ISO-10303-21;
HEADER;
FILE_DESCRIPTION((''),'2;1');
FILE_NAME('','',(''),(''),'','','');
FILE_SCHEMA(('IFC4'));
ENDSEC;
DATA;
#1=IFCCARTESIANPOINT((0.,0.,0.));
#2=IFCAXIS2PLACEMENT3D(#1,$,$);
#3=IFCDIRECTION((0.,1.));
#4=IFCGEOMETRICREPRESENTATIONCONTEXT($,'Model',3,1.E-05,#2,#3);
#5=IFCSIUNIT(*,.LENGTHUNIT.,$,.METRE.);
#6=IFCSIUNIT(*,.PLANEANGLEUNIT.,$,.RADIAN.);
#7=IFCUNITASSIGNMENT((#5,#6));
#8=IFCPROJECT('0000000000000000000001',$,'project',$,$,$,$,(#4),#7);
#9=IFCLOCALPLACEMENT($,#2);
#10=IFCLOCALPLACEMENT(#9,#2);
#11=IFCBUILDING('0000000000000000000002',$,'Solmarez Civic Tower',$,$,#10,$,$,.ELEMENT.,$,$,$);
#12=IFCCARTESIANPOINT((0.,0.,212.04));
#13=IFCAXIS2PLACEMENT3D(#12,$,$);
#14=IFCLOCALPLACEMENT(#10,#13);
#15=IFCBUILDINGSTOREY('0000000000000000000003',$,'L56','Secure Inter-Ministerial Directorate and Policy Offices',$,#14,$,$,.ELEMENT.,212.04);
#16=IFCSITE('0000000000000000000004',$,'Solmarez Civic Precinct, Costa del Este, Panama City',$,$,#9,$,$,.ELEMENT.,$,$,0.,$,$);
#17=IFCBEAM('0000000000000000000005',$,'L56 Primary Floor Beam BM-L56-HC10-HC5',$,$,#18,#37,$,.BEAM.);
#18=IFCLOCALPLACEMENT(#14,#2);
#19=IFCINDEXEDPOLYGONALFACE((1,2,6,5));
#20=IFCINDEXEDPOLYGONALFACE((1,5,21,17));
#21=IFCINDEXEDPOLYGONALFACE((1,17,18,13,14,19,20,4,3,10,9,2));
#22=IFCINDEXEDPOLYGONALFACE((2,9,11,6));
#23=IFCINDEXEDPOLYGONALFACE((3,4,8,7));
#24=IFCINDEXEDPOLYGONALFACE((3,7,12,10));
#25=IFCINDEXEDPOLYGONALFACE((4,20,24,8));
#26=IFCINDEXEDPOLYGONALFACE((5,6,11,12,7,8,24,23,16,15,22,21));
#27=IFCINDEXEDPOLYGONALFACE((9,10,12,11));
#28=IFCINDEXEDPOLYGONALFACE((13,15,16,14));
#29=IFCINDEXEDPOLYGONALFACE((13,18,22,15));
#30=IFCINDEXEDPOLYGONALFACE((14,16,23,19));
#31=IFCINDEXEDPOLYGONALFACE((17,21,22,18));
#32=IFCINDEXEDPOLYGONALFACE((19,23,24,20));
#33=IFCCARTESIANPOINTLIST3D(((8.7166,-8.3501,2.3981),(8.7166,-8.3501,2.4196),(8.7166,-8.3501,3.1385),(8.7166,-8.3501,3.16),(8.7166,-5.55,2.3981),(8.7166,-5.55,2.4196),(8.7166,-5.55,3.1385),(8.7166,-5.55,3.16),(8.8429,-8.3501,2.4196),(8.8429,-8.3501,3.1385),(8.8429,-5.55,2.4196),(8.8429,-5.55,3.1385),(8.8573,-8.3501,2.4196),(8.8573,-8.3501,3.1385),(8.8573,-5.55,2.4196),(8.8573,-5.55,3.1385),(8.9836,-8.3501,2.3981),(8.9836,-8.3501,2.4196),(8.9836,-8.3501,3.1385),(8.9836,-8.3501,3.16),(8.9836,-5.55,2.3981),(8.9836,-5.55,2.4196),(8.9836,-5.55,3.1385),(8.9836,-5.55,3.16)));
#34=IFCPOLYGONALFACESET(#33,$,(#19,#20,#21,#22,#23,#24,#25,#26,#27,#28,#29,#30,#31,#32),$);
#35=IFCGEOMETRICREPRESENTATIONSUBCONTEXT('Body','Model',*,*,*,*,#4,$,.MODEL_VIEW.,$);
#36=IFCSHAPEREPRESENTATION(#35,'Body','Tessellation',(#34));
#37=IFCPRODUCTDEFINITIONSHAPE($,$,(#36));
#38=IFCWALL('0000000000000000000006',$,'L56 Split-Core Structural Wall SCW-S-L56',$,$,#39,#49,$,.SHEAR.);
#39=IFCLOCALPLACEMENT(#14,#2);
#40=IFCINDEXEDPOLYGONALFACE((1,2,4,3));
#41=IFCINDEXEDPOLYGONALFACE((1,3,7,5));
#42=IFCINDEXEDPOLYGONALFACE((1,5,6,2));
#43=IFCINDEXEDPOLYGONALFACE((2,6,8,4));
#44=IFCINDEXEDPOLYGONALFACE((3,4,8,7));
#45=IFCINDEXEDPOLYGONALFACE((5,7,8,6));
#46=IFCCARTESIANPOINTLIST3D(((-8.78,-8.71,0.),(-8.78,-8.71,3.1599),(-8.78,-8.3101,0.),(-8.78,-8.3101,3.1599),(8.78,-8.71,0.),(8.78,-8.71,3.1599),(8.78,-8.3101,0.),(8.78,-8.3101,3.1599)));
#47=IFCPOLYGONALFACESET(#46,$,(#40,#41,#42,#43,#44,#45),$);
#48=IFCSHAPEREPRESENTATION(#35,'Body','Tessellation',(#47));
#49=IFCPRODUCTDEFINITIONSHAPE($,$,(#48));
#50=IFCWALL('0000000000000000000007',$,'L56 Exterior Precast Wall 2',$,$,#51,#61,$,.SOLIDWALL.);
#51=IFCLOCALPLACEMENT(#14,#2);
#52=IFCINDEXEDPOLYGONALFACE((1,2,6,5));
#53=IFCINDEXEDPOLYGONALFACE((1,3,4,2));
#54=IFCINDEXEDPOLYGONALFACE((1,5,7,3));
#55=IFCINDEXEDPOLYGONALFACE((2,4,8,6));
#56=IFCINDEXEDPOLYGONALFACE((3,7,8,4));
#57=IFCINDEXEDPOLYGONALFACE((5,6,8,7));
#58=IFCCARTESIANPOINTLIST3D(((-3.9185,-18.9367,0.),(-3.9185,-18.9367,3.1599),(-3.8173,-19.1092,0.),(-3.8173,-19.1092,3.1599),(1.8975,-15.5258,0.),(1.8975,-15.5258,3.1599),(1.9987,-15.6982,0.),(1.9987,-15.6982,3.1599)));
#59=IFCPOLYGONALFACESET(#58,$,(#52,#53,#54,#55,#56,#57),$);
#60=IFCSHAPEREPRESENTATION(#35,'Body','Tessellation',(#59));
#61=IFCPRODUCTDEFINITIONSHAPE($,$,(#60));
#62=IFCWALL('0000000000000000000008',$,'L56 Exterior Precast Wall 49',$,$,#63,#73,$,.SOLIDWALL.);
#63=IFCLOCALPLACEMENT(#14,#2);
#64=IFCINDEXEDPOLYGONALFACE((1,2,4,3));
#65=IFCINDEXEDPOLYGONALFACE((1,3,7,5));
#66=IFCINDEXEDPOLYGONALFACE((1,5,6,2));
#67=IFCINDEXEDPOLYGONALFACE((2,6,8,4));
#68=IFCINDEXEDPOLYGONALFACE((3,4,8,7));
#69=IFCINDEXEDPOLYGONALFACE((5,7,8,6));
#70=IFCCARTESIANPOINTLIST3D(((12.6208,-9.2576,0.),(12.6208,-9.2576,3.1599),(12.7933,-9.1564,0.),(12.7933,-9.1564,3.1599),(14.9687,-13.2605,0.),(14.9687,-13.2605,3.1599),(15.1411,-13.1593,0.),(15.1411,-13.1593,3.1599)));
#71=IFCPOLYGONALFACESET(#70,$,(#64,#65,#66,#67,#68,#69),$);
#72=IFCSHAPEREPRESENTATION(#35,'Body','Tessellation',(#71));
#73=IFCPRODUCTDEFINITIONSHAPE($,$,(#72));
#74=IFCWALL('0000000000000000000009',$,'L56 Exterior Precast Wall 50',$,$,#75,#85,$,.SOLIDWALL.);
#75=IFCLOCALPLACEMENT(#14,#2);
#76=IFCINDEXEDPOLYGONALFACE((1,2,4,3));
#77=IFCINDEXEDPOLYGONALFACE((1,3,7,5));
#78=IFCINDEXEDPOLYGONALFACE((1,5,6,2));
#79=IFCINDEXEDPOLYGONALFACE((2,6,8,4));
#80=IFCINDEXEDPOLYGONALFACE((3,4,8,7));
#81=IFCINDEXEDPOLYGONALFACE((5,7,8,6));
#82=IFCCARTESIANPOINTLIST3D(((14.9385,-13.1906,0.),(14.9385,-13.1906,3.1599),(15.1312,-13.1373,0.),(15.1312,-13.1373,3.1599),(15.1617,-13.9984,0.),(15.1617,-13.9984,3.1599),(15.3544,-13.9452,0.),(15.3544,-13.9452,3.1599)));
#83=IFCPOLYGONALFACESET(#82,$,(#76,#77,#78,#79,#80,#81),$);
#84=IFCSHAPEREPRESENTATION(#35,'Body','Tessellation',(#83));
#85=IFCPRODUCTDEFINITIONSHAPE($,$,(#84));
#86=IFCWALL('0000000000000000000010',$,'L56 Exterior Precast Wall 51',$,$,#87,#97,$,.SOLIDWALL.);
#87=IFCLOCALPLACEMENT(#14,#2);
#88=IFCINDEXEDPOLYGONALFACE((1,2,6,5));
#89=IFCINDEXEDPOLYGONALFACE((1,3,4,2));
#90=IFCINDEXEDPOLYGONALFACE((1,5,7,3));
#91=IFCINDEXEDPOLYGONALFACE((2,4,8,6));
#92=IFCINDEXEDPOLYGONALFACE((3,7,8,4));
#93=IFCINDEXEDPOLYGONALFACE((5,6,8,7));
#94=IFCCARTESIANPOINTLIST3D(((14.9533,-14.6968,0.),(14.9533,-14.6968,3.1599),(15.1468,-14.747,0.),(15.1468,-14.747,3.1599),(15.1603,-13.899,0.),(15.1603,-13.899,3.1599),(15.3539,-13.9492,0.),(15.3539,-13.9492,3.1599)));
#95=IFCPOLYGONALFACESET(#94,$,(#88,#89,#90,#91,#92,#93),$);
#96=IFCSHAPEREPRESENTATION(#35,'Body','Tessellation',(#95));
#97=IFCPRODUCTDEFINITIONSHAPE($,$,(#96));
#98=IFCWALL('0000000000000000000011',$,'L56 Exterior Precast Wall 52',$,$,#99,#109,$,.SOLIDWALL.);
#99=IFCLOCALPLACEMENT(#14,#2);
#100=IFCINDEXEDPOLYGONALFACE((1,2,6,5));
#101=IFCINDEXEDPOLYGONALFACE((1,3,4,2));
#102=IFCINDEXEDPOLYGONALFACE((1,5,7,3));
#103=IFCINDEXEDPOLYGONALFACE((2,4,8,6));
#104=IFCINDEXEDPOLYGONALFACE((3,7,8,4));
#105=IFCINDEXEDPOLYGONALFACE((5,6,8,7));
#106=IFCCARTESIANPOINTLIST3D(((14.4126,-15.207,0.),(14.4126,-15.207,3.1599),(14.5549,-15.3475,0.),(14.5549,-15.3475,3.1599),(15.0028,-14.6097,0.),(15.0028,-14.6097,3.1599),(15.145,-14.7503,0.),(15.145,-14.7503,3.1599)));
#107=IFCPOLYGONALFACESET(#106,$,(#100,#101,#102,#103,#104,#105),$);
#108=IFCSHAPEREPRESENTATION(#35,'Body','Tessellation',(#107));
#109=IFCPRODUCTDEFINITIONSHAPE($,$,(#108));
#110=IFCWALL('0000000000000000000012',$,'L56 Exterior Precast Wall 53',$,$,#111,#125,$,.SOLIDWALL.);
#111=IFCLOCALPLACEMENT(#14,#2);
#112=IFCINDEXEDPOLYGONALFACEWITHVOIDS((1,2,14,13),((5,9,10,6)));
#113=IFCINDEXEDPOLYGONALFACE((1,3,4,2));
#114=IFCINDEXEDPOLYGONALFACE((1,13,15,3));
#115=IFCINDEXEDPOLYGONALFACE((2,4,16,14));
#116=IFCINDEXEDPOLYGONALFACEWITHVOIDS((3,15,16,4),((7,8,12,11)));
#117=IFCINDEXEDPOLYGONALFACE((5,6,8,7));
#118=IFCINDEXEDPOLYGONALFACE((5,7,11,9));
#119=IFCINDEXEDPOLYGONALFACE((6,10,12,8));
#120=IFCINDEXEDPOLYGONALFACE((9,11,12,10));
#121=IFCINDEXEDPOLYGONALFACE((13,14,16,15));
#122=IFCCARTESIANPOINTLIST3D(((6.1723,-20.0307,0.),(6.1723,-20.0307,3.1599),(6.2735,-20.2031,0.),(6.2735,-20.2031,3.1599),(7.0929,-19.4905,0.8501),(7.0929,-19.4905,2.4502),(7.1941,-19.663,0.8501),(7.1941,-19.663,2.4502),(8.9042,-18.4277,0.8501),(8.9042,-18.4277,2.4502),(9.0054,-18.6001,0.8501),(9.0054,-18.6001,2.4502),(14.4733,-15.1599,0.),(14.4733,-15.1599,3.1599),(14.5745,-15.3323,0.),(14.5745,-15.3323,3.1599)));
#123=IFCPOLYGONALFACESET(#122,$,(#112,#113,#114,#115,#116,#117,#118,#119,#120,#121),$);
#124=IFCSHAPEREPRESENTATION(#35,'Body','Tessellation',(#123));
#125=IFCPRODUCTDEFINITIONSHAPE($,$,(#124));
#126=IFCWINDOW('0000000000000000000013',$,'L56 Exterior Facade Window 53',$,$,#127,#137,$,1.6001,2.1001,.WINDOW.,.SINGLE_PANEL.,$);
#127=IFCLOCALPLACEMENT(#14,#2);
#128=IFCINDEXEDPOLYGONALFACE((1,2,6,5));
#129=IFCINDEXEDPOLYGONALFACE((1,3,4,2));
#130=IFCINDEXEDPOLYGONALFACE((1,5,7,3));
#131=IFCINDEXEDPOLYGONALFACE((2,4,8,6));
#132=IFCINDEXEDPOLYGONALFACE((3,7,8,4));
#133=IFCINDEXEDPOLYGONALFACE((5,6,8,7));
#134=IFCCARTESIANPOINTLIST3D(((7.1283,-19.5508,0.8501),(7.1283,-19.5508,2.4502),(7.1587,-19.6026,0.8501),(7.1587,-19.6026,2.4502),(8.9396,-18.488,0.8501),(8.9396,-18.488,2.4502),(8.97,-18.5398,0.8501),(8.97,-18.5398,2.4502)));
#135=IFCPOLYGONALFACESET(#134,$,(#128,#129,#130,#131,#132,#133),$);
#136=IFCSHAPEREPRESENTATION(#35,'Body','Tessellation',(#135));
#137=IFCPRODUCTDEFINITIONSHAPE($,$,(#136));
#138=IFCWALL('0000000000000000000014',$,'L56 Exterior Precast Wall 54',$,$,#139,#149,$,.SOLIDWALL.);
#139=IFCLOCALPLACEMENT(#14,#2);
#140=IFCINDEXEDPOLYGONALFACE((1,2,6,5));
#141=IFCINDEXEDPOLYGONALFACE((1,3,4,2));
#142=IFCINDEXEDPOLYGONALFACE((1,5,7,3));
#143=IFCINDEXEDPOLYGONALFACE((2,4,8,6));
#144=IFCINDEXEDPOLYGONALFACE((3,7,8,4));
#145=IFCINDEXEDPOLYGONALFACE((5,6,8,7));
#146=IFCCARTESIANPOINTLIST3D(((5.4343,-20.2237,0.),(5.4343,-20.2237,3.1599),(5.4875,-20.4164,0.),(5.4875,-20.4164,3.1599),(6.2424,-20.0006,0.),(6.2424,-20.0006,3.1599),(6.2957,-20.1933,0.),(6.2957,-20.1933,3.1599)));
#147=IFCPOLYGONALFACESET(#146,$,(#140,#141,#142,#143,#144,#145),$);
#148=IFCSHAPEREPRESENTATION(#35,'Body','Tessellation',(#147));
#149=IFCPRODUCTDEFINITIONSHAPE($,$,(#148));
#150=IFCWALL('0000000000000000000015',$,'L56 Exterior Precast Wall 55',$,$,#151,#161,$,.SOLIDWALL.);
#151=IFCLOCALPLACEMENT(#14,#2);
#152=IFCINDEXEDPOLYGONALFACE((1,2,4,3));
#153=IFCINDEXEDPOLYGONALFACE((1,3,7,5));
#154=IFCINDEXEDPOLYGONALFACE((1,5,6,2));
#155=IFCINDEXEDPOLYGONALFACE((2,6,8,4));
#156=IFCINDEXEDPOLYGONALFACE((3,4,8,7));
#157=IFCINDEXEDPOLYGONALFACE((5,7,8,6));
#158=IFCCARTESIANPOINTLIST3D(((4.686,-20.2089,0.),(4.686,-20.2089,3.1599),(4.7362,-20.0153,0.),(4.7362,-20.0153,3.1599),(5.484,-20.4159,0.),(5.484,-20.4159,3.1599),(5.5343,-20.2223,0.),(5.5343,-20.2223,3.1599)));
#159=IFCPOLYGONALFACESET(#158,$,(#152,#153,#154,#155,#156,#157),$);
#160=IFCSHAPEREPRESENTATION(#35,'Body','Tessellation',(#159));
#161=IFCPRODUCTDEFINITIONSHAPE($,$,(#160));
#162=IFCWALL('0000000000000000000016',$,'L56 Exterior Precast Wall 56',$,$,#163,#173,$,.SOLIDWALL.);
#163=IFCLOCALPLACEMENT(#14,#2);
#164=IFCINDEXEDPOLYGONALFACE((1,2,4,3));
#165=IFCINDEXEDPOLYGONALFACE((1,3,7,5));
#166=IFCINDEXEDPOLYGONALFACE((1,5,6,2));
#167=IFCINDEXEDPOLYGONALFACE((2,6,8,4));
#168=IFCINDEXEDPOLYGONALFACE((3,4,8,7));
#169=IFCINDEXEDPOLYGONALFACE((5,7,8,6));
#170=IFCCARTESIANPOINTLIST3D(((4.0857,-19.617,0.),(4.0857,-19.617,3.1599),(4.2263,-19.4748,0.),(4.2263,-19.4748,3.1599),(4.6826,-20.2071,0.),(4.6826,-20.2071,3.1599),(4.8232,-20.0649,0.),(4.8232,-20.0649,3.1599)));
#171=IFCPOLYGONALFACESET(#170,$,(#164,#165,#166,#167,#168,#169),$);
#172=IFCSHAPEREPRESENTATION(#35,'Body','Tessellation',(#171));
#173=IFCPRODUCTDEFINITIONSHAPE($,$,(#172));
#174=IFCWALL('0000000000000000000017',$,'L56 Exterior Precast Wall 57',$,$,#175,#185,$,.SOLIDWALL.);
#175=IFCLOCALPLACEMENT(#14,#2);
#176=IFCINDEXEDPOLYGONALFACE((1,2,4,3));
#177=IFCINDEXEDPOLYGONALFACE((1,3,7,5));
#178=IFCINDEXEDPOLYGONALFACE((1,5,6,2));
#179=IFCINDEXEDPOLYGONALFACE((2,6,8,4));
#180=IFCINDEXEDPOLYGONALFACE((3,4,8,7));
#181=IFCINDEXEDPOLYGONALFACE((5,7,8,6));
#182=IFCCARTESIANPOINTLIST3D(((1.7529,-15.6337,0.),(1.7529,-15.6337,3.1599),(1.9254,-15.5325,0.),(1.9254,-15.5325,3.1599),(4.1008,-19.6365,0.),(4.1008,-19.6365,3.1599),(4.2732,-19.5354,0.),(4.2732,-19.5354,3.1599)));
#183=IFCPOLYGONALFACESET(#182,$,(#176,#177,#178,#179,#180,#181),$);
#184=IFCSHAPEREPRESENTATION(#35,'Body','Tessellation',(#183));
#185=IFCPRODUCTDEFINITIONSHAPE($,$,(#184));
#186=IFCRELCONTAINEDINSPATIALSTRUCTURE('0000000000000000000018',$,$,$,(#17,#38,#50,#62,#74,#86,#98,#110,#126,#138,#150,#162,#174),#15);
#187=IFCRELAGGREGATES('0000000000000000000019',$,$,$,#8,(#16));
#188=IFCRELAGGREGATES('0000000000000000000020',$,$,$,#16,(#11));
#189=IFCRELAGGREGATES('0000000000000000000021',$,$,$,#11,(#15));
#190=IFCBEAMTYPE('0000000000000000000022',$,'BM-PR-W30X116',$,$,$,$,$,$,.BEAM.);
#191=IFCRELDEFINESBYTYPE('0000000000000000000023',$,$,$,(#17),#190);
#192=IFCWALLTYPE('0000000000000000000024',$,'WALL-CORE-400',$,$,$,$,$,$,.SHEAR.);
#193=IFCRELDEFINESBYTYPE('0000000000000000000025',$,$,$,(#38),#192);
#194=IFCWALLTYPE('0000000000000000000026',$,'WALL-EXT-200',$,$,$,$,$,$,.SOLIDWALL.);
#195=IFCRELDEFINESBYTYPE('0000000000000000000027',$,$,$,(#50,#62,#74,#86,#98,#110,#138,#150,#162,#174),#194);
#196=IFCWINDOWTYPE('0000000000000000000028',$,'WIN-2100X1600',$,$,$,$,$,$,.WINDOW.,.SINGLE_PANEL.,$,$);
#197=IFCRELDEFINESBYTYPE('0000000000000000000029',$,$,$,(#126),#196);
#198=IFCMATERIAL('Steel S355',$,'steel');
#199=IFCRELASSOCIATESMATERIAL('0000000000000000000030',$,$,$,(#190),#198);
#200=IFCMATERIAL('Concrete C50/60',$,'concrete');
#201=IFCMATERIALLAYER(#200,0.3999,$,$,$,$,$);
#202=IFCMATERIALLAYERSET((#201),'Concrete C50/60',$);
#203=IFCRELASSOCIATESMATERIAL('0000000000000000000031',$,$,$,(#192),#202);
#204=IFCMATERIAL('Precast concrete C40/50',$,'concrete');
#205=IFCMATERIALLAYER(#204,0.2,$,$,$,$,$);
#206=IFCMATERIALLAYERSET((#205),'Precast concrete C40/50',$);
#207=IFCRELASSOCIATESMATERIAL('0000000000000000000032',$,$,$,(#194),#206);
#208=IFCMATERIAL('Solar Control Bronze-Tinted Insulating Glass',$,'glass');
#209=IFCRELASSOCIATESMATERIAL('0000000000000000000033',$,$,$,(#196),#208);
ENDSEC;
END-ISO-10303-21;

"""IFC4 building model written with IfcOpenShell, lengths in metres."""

from ifc_helpers import new_model, si_unit, direction, frame, frame_2d, origin, origin_2d, place, context, subcontext, project, spatial, rectangle, i_section, extrude, material, layer, layer_set, material_profile, profile_set, type_object, element, fill, save


model = new_model("IFC4")

# Units and contexts
model_context = context("Model", 3, precision=1e-05, world=origin(), true_north=direction((0.0, 1.0)))
body_context = subcontext(model_context, "Body", "Model", "MODEL_VIEW")
ifc_project = project(units=[si_unit("LENGTHUNIT", "METRE"), si_unit("PLANEANGLEUNIT", "RADIAN")], contexts=[model_context])

# Site, building, storey
site_placement = place(None, origin())
site = spatial("IfcSite", under=ifc_project, at=site_placement, Name="Solmarez Civic Precinct, Costa del Este, Panama City", CompositionType="ELEMENT", RefElevation=0.0)
building_placement = place(site_placement, origin())
building = spatial("IfcBuilding", under=site, at=building_placement, Name="Solmarez Civic Tower", CompositionType="ELEMENT")
storey_placement = place(building_placement, frame((0.0, 0.0, 212.04)))
storey = spatial("IfcBuildingStorey", under=building, at=storey_placement, Name="L56", Description="Secure Inter-Ministerial Directorate and Policy Offices", CompositionType="ELEMENT", Elevation=212.04)

# Shared definitions
ifc_material_1 = material(Name="Concrete C50/60", Category="concrete")
ifc_material_2 = material(Name="Steel S355", Category="steel")

# Beam
ifc_material_profile_1 = material_profile(ifc_material_2, i_section(OverallWidth=0.2671, OverallDepth=0.762, WebThickness=0.0144, FlangeThickness=0.0215, at=origin_2d()), Name="W30X116")
ifc_profile_set_1 = profile_set([ifc_material_profile_1], Name="Steel S355")
beam_type_1 = type_object("IfcBeamType", Name="BM-PR-W30X116", PredefinedType="BEAM", material=ifc_profile_set_1)
beam_1_placement = place(storey_placement, frame((8.8501, -8.3501, 2.7791), z_axis=(0.0, 1.0, 0.0), x_axis=(-1.0, 0.0, 0.0)))
element("IfcBeam", 1, at=beam_1_placement, inside=storey, type_object=beam_type_1, Name="L56 Primary Floor Beam BM-L56-HC10-HC5", PredefinedType="BEAM", context=body_context, shape_type="SweptSolid", body=[
    extrude(i_section(OverallWidth=0.2671, OverallDepth=0.762, WebThickness=0.0144, FlangeThickness=0.0215, at=origin_2d()), origin(), (0.0, 0.0, 1.0), 2.8),
])

# Walls
ifc_layer_1 = layer(ifc_material_1, 0.3999)
ifc_layer_set_1 = layer_set([ifc_layer_1], Name="Concrete C50/60")
wall_type_1 = type_object("IfcWallType", Name="WALL-CORE-400", PredefinedType="SHEAR", material=ifc_layer_set_1)
wall_1_placement = place(storey_placement, frame((8.78, -8.51, 0.0), z_axis=(0.0, 0.0, 1.0), x_axis=(-1.0, 0.0, 0.0)))
element("IfcWall", 2, at=wall_1_placement, inside=storey, type_object=wall_type_1, Name="L56 Split-Core Structural Wall SCW-S-L56", PredefinedType="SHEAR", context=body_context, shape_type="SweptSolid", body=[
    extrude(rectangle(XDim=17.5601, YDim=0.3999, at=frame_2d((8.78, 0.0))), origin(), (0.0, 0.0, 1.0), 3.1599),
])
ifc_material_3 = material(Name="Precast concrete C40/50", Category="concrete")
ifc_layer_2 = layer(ifc_material_3, 0.2)
ifc_layer_set_2 = layer_set([ifc_layer_2], Name="Precast concrete C40/50")
wall_type_2 = type_object("IfcWallType", Name="WALL-EXT-200", PredefinedType="SOLIDWALL", material=ifc_layer_set_2)
wall_2_placement = place(storey_placement, frame((1.948, -15.6121, 0.0), z_axis=(0.0, 0.0, 1.0), x_axis=(-0.862597, -0.505891, 0.0)))
element("IfcWall", 3, at=wall_2_placement, inside=storey, type_object=wall_type_2, Name="L56 Exterior Precast Wall 2", PredefinedType="SOLIDWALL", context=body_context, shape_type="SweptSolid", body=[
    extrude(rectangle(XDim=6.7424, YDim=0.2, at=frame_2d((3.3711, 0.0))), origin(), (0.0, 0.0, 1.0), 3.1599),
])
wall_3_placement = place(storey_placement, frame((12.707, -9.207, 0.0), z_axis=(0.0, 0.0, 1.0), x_axis=(0.505937, -0.862571, 0.0)))
element("IfcWall", 4, at=wall_3_placement, inside=storey, type_object=wall_type_2, Name="L56 Exterior Precast Wall 49", PredefinedType="SOLIDWALL", context=body_context, shape_type="SweptSolid", body=[
    extrude(rectangle(XDim=4.6406, YDim=0.2, at=frame_2d((2.3203, 0.0))), origin(), (0.0, 0.0, 1.0), 3.1599),
])
wall_4_placement = place(storey_placement, frame((15.0349, -13.1641, 0.0), z_axis=(0.0, 0.0, 1.0), x_axis=(0.266246, -0.963905, 0.0)))
element("IfcWall", 5, at=wall_4_placement, inside=storey, type_object=wall_type_2, Name="L56 Exterior Precast Wall 50", PredefinedType="SOLIDWALL", context=body_context, shape_type="SweptSolid", body=[
    extrude(rectangle(XDim=0.8381, YDim=0.2, at=frame_2d((0.4189, 0.0))), origin(), (0.0, 0.0, 1.0), 3.1599),
])
wall_5_placement = place(storey_placement, frame((15.2571, -13.9241, 0.0), z_axis=(0.0, 0.0, 1.0), x_axis=(-0.251168, -0.967944, 0.0)))
element("IfcWall", 6, at=wall_5_placement, inside=storey, type_object=wall_type_2, Name="L56 Exterior Precast Wall 51", PredefinedType="SOLIDWALL", context=body_context, shape_type="SweptSolid", body=[
    extrude(rectangle(XDim=0.8242, YDim=0.2, at=frame_2d((0.4121, 0.0))), origin(), (0.0, 0.0, 1.0), 3.1599),
])
wall_6_placement = place(storey_placement, frame((15.074, -14.6799, 0.0), z_axis=(0.0, 0.0, 1.0), x_axis=(-0.702878, -0.711311, 0.0)))
element("IfcWall", 7, at=wall_6_placement, inside=storey, type_object=wall_type_2, Name="L56 Exterior Precast Wall 52", PredefinedType="SOLIDWALL", context=body_context, shape_type="SweptSolid", body=[
    extrude(rectangle(XDim=0.8396, YDim=0.2, at=frame_2d((0.4199, 0.0))), origin(), (0.0, 0.0, 1.0), 3.1599),
])

# Wall, opening, window
wall_7_placement = place(storey_placement, frame((14.5239, -15.2461, 0.0), z_axis=(0.0, 0.0, 1.0), x_axis=(-0.862483, -0.506085, 0.0)))
wall_7 = element("IfcWall", 8, at=wall_7_placement, inside=storey, type_object=wall_type_2, Name="L56 Exterior Precast Wall 53", PredefinedType="SOLIDWALL", context=body_context, shape_type="SweptSolid", body=[
    extrude(rectangle(XDim=9.6245, YDim=0.2, at=frame_2d((4.8123, 0.0))), origin(), (0.0, 0.0, 1.0), 3.1599),
])
opening_1_placement = place(wall_7_placement, frame((6.457, 0.0, 0.8501)))
opening_1 = element("IfcOpeningElement", 9, at=opening_1_placement, cuts=wall_7, PredefinedType="OPENING", context=body_context, shape_type="SweptSolid", body=[
    extrude(rectangle(XDim=2.1001, YDim=1.6001, at=frame_2d((1.05, 0.8))), frame((0.0, 0.1099, 0.0), z_axis=(0.0, -1.0, 0.0), x_axis=(1.0, 0.0, 0.0)), (0.0, 0.0, 1.0), 0.22),
])
ifc_material_4 = material(Name="Solar Control Bronze-Tinted Insulating Glass", Category="glass")
window_type = type_object("IfcWindowType", Name="WIN-2100X1600", PartitioningType="SINGLE_PANEL", PredefinedType="WINDOW", material=ifc_material_4)
window_placement = place(opening_1_placement, origin())
window = element("IfcWindow", 10, at=window_placement, inside=storey, type_object=window_type, Name="L56 Exterior Facade Window 53", OverallHeight=1.6001, OverallWidth=2.1001, PartitioningType="SINGLE_PANEL", PredefinedType="WINDOW", context=body_context, shape_type="SweptSolid", body=[
    extrude(rectangle(XDim=2.1001, YDim=1.6001, at=frame_2d((1.05, 0.8))), frame((0.0, 0.03, 0.0), z_axis=(0.0, -1.0, 0.0), x_axis=(1.0, 0.0, 0.0)), (0.0, 0.0, 1.0), 0.0601),
])
fill(opening_1, window)

# Walls
wall_8_placement = place(storey_placement, frame((6.269, -20.0969, 0.0), z_axis=(0.0, 0.0, 1.0), x_axis=(-0.963926, -0.266172, 0.0)))
element("IfcWall", 11, at=wall_8_placement, inside=storey, type_object=wall_type_2, Name="L56 Exterior Precast Wall 54", PredefinedType="SOLIDWALL", context=body_context, shape_type="SweptSolid", body=[
    extrude(rectangle(XDim=0.8384, YDim=0.2, at=frame_2d((0.4192, 0.0))), origin(), (0.0, 0.0, 1.0), 3.1599),
])
wall_9_placement = place(storey_placement, frame((5.509, -20.3191, 0.0), z_axis=(0.0, 0.0, 1.0), x_axis=(-0.967962, 0.251096, 0.0)))
element("IfcWall", 12, at=wall_9_placement, inside=storey, type_object=wall_type_2, Name="L56 Exterior Precast Wall 55", PredefinedType="SOLIDWALL", context=body_context, shape_type="SweptSolid", body=[
    extrude(rectangle(XDim=0.8245, YDim=0.2, at=frame_2d((0.4121, 0.0))), origin(), (0.0, 0.0, 1.0), 3.1599),
])
wall_10_placement = place(storey_placement, frame((4.7529, -20.136, 0.0), z_axis=(0.0, 0.0, 1.0), x_axis=(-0.711167, 0.703023, 0.0)))
element("IfcWall", 13, at=wall_10_placement, inside=storey, type_object=wall_type_2, Name="L56 Exterior Precast Wall 56", PredefinedType="SOLIDWALL", context=body_context, shape_type="SweptSolid", body=[
    extrude(rectangle(XDim=0.8394, YDim=0.2, at=frame_2d((0.4197, 0.0))), origin(), (0.0, 0.0, 1.0), 3.1599),
])
wall_11_placement = place(storey_placement, frame((4.187, -19.5859, 0.0), z_axis=(0.0, 0.0, 1.0), x_axis=(-0.505937, 0.862571, 0.0)))
element("IfcWall", 14, at=wall_11_placement, inside=storey, type_object=wall_type_2, Name="L56 Exterior Precast Wall 57", PredefinedType="SOLIDWALL", context=body_context, shape_type="SweptSolid", body=[
    extrude(rectangle(XDim=4.6406, YDim=0.2, at=frame_2d((2.3203, 0.0))), origin(), (0.0, 0.0, 1.0), 3.1599),
])

save(model, "model.ifc")
